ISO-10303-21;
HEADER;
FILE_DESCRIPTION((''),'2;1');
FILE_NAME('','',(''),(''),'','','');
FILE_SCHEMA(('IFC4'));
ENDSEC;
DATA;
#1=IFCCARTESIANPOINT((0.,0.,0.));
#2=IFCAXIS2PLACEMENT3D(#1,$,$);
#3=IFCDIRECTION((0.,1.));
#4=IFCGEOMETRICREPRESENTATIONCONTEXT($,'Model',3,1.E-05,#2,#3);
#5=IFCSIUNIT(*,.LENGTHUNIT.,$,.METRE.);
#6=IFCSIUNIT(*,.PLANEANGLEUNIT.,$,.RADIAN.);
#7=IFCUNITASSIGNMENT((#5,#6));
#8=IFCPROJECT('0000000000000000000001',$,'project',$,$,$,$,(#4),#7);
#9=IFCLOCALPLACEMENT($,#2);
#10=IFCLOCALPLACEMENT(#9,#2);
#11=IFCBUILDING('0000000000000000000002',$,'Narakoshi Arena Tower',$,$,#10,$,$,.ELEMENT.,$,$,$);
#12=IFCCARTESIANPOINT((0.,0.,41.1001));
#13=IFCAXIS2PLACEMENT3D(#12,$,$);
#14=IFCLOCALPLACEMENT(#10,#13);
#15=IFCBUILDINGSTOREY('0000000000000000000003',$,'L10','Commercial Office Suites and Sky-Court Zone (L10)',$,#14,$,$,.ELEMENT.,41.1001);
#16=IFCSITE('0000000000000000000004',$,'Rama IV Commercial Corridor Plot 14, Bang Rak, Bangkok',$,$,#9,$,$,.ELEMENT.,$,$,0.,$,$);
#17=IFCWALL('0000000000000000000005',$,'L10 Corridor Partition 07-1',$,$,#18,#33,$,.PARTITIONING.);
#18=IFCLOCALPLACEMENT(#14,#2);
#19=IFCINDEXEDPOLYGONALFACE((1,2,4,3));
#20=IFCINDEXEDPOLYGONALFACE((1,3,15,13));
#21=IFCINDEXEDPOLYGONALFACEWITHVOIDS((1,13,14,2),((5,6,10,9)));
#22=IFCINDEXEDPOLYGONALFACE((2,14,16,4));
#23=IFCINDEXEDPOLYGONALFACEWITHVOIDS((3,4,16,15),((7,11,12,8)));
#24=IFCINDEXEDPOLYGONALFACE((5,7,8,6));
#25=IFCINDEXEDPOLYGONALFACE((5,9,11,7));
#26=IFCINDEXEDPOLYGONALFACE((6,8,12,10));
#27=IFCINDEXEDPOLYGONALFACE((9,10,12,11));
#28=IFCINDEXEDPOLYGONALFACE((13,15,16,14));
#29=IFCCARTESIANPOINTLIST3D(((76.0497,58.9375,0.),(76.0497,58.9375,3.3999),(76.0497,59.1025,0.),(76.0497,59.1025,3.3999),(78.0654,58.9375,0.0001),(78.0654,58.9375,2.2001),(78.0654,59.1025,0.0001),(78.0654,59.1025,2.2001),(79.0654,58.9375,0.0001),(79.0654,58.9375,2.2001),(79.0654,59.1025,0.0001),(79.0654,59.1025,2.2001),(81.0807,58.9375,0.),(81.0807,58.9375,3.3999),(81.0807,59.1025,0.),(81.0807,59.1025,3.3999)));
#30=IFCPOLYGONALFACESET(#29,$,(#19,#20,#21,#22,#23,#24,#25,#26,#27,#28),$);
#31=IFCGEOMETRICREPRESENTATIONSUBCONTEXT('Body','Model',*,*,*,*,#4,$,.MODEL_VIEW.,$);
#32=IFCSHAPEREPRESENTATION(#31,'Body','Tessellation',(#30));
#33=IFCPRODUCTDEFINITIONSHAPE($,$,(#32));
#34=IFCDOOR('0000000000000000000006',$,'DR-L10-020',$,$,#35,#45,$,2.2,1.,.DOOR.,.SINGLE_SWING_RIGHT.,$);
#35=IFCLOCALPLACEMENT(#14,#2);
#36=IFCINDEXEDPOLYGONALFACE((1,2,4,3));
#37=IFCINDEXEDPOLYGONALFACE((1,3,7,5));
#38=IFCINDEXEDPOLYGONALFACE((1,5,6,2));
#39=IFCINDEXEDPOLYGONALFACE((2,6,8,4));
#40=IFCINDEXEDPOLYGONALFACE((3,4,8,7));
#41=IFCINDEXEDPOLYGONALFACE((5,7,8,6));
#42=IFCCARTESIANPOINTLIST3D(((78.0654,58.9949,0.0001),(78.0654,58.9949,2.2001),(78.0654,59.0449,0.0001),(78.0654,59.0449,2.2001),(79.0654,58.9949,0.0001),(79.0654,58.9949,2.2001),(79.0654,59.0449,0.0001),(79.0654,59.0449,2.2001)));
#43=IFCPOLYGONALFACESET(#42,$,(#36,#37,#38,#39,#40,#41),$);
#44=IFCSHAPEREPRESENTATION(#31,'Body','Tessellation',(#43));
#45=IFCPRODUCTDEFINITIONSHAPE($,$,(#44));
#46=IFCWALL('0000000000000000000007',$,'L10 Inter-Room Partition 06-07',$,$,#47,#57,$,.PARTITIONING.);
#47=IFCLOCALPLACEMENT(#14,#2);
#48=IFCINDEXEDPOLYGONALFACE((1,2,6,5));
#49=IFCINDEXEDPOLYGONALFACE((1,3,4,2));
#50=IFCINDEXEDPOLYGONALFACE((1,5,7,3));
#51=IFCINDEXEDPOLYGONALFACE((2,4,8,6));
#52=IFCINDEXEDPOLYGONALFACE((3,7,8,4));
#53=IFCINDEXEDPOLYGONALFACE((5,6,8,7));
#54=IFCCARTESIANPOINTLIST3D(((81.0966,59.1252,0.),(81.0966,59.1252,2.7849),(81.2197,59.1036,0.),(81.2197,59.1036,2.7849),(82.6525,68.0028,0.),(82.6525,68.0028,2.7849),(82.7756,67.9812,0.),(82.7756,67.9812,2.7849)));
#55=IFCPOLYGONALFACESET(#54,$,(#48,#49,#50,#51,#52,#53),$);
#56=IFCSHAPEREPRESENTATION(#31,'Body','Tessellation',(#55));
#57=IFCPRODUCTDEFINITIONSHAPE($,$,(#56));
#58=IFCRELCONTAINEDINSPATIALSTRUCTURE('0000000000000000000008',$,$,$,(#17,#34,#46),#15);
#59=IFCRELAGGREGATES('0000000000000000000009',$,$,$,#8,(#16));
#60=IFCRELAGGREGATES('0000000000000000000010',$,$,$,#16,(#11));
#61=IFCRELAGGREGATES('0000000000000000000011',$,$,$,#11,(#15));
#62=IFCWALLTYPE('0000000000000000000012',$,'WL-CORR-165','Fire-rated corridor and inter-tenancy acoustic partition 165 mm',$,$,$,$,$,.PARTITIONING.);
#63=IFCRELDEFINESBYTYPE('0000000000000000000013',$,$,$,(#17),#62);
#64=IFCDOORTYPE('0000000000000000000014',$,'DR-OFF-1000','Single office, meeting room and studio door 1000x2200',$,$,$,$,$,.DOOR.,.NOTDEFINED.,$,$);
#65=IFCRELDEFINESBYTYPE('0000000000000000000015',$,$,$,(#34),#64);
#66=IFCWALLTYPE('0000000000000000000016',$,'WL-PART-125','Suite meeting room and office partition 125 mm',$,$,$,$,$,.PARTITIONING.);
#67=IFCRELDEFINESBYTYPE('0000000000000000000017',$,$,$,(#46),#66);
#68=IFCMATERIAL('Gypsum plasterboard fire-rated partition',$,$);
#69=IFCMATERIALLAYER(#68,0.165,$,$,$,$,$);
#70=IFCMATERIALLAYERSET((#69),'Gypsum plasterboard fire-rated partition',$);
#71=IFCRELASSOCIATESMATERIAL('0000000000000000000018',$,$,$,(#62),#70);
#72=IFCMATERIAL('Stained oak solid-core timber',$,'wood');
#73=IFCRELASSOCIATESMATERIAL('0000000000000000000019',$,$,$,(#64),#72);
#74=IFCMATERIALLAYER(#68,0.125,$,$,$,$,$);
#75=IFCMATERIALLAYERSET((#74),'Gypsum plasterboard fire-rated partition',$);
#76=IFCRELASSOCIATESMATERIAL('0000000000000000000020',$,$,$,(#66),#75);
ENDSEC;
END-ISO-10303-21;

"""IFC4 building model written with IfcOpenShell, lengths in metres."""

from ifc_helpers import new_model, si_unit, direction, frame, frame_2d, origin, place, context, subcontext, project, spatial, rectangle, extrude, material, layer, layer_set, type_object, element, fill, save


model = new_model("IFC4")

# Units and contexts
model_context = context("Model", 3, precision=1e-05, world=origin(), true_north=direction((0.0, 1.0)))
body_context = subcontext(model_context, "Body", "Model", "MODEL_VIEW")
ifc_project = project(units=[si_unit("LENGTHUNIT", "METRE"), si_unit("PLANEANGLEUNIT", "RADIAN")], contexts=[model_context])

# Site, building, storey
site_placement = place(None, origin())
site = spatial("IfcSite", under=ifc_project, at=site_placement, Name="Rama IV Commercial Corridor Plot 14, Bang Rak, Bangkok", CompositionType="ELEMENT", RefElevation=0.0)
building_placement = place(site_placement, origin())
building = spatial("IfcBuilding", under=site, at=building_placement, Name="Narakoshi Arena Tower", CompositionType="ELEMENT")
storey_placement = place(building_placement, frame((0.0, 0.0, 41.1001)))
storey = spatial("IfcBuildingStorey", under=building, at=storey_placement, Name="L10", Description="Commercial Office Suites and Sky-Court Zone (L10)", CompositionType="ELEMENT", Elevation=41.1001)

# Wall, opening, door
ifc_material_1 = material(Name="Gypsum plasterboard fire-rated partition")
ifc_layer_1 = layer(ifc_material_1, 0.165)
ifc_layer_set_1 = layer_set([ifc_layer_1], Name="Gypsum plasterboard fire-rated partition")
wall_type_1 = type_object("IfcWallType", Name="WL-CORR-165", Description="Fire-rated corridor and inter-tenancy acoustic partition 165 mm", PredefinedType="PARTITIONING", material=ifc_layer_set_1)
ifc_material_2 = material(Name="Stained oak solid-core timber", Category="wood")
door_type = type_object("IfcDoorType", Name="DR-OFF-1000", Description="Single office, meeting room and studio door 1000x2200", OperationType="NOTDEFINED", PredefinedType="DOOR", material=ifc_material_2)
wall_1_placement = place(storey_placement, frame((81.0808, 59.02, 0.0), z_axis=(0.0, 0.0, 1.0), x_axis=(-1.0, 0.0, 0.0)))
wall_1 = element("IfcWall", 1, at=wall_1_placement, inside=storey, type_object=wall_type_1, Name="L10 Corridor Partition 07-1", PredefinedType="PARTITIONING", context=body_context, shape_type="SweptSolid", body=[
    extrude(rectangle(XDim=5.031, YDim=0.165, at=frame_2d((2.5156, 0.0))), origin(), (0.0, 0.0, 1.0), 3.3999),
])
opening_1_placement = place(wall_1_placement, frame((2.0154, 0.0, 0.0)))
opening_1 = element("IfcOpeningElement", 2, at=opening_1_placement, cuts=wall_1, PredefinedType="OPENING", context=body_context, shape_type="SweptSolid", body=[
    extrude(rectangle(XDim=1.0, YDim=2.2, at=frame_2d((0.5, 1.1001))), frame((0.0, 0.0925, 0.0), z_axis=(0.0, -1.0, 0.0), x_axis=(1.0, 0.0, 0.0)), (0.0, 0.0, 1.0), 0.1851),
])
door_1_placement = place(opening_1_placement, frame((1.0, 0.0, 0.0), z_axis=(0.0, 0.0, 1.0), x_axis=(-1.0, 0.0, 0.0)))
door_1 = element("IfcDoor", 3, at=door_1_placement, inside=storey, type_object=door_type, Name="DR-L10-020", OperationType="SINGLE_SWING_RIGHT", OverallHeight=2.2, OverallWidth=1.0, PredefinedType="DOOR", context=body_context, shape_type="SweptSolid", body=[
    extrude(rectangle(XDim=1.0, YDim=2.2, at=frame_2d((0.5, 1.1001))), frame((0.0, 0.0249, 0.0), z_axis=(0.0, -1.0, 0.0), x_axis=(1.0, 0.0, 0.0)), (0.0, 0.0, 1.0), 0.05),
])
fill(opening_1, door_1)

# Wall
ifc_layer_2 = layer(ifc_material_1, 0.125)
ifc_layer_set_2 = layer_set([ifc_layer_2], Name="Gypsum plasterboard fire-rated partition")
wall_type_2 = type_object("IfcWallType", Name="WL-PART-125", Description="Suite meeting room and office partition 125 mm", PredefinedType="PARTITIONING", material=ifc_layer_set_2)
wall_2_placement = place(storey_placement, frame((81.1582, 59.1145, 0.0), z_axis=(0.0, 0.0, 1.0), x_axis=(0.172629, 0.984987, 0.0)))
element("IfcWall", 4, at=wall_2_placement, inside=storey, type_object=wall_type_2, Name="L10 Inter-Room Partition 06-07", PredefinedType="PARTITIONING", context=body_context, shape_type="SweptSolid", body=[
    extrude(rectangle(XDim=9.0129, YDim=0.125, at=frame_2d((4.5063, 0.0))), origin(), (0.0, 0.0, 1.0), 2.7849),
])

save(model, "model.ifc")
